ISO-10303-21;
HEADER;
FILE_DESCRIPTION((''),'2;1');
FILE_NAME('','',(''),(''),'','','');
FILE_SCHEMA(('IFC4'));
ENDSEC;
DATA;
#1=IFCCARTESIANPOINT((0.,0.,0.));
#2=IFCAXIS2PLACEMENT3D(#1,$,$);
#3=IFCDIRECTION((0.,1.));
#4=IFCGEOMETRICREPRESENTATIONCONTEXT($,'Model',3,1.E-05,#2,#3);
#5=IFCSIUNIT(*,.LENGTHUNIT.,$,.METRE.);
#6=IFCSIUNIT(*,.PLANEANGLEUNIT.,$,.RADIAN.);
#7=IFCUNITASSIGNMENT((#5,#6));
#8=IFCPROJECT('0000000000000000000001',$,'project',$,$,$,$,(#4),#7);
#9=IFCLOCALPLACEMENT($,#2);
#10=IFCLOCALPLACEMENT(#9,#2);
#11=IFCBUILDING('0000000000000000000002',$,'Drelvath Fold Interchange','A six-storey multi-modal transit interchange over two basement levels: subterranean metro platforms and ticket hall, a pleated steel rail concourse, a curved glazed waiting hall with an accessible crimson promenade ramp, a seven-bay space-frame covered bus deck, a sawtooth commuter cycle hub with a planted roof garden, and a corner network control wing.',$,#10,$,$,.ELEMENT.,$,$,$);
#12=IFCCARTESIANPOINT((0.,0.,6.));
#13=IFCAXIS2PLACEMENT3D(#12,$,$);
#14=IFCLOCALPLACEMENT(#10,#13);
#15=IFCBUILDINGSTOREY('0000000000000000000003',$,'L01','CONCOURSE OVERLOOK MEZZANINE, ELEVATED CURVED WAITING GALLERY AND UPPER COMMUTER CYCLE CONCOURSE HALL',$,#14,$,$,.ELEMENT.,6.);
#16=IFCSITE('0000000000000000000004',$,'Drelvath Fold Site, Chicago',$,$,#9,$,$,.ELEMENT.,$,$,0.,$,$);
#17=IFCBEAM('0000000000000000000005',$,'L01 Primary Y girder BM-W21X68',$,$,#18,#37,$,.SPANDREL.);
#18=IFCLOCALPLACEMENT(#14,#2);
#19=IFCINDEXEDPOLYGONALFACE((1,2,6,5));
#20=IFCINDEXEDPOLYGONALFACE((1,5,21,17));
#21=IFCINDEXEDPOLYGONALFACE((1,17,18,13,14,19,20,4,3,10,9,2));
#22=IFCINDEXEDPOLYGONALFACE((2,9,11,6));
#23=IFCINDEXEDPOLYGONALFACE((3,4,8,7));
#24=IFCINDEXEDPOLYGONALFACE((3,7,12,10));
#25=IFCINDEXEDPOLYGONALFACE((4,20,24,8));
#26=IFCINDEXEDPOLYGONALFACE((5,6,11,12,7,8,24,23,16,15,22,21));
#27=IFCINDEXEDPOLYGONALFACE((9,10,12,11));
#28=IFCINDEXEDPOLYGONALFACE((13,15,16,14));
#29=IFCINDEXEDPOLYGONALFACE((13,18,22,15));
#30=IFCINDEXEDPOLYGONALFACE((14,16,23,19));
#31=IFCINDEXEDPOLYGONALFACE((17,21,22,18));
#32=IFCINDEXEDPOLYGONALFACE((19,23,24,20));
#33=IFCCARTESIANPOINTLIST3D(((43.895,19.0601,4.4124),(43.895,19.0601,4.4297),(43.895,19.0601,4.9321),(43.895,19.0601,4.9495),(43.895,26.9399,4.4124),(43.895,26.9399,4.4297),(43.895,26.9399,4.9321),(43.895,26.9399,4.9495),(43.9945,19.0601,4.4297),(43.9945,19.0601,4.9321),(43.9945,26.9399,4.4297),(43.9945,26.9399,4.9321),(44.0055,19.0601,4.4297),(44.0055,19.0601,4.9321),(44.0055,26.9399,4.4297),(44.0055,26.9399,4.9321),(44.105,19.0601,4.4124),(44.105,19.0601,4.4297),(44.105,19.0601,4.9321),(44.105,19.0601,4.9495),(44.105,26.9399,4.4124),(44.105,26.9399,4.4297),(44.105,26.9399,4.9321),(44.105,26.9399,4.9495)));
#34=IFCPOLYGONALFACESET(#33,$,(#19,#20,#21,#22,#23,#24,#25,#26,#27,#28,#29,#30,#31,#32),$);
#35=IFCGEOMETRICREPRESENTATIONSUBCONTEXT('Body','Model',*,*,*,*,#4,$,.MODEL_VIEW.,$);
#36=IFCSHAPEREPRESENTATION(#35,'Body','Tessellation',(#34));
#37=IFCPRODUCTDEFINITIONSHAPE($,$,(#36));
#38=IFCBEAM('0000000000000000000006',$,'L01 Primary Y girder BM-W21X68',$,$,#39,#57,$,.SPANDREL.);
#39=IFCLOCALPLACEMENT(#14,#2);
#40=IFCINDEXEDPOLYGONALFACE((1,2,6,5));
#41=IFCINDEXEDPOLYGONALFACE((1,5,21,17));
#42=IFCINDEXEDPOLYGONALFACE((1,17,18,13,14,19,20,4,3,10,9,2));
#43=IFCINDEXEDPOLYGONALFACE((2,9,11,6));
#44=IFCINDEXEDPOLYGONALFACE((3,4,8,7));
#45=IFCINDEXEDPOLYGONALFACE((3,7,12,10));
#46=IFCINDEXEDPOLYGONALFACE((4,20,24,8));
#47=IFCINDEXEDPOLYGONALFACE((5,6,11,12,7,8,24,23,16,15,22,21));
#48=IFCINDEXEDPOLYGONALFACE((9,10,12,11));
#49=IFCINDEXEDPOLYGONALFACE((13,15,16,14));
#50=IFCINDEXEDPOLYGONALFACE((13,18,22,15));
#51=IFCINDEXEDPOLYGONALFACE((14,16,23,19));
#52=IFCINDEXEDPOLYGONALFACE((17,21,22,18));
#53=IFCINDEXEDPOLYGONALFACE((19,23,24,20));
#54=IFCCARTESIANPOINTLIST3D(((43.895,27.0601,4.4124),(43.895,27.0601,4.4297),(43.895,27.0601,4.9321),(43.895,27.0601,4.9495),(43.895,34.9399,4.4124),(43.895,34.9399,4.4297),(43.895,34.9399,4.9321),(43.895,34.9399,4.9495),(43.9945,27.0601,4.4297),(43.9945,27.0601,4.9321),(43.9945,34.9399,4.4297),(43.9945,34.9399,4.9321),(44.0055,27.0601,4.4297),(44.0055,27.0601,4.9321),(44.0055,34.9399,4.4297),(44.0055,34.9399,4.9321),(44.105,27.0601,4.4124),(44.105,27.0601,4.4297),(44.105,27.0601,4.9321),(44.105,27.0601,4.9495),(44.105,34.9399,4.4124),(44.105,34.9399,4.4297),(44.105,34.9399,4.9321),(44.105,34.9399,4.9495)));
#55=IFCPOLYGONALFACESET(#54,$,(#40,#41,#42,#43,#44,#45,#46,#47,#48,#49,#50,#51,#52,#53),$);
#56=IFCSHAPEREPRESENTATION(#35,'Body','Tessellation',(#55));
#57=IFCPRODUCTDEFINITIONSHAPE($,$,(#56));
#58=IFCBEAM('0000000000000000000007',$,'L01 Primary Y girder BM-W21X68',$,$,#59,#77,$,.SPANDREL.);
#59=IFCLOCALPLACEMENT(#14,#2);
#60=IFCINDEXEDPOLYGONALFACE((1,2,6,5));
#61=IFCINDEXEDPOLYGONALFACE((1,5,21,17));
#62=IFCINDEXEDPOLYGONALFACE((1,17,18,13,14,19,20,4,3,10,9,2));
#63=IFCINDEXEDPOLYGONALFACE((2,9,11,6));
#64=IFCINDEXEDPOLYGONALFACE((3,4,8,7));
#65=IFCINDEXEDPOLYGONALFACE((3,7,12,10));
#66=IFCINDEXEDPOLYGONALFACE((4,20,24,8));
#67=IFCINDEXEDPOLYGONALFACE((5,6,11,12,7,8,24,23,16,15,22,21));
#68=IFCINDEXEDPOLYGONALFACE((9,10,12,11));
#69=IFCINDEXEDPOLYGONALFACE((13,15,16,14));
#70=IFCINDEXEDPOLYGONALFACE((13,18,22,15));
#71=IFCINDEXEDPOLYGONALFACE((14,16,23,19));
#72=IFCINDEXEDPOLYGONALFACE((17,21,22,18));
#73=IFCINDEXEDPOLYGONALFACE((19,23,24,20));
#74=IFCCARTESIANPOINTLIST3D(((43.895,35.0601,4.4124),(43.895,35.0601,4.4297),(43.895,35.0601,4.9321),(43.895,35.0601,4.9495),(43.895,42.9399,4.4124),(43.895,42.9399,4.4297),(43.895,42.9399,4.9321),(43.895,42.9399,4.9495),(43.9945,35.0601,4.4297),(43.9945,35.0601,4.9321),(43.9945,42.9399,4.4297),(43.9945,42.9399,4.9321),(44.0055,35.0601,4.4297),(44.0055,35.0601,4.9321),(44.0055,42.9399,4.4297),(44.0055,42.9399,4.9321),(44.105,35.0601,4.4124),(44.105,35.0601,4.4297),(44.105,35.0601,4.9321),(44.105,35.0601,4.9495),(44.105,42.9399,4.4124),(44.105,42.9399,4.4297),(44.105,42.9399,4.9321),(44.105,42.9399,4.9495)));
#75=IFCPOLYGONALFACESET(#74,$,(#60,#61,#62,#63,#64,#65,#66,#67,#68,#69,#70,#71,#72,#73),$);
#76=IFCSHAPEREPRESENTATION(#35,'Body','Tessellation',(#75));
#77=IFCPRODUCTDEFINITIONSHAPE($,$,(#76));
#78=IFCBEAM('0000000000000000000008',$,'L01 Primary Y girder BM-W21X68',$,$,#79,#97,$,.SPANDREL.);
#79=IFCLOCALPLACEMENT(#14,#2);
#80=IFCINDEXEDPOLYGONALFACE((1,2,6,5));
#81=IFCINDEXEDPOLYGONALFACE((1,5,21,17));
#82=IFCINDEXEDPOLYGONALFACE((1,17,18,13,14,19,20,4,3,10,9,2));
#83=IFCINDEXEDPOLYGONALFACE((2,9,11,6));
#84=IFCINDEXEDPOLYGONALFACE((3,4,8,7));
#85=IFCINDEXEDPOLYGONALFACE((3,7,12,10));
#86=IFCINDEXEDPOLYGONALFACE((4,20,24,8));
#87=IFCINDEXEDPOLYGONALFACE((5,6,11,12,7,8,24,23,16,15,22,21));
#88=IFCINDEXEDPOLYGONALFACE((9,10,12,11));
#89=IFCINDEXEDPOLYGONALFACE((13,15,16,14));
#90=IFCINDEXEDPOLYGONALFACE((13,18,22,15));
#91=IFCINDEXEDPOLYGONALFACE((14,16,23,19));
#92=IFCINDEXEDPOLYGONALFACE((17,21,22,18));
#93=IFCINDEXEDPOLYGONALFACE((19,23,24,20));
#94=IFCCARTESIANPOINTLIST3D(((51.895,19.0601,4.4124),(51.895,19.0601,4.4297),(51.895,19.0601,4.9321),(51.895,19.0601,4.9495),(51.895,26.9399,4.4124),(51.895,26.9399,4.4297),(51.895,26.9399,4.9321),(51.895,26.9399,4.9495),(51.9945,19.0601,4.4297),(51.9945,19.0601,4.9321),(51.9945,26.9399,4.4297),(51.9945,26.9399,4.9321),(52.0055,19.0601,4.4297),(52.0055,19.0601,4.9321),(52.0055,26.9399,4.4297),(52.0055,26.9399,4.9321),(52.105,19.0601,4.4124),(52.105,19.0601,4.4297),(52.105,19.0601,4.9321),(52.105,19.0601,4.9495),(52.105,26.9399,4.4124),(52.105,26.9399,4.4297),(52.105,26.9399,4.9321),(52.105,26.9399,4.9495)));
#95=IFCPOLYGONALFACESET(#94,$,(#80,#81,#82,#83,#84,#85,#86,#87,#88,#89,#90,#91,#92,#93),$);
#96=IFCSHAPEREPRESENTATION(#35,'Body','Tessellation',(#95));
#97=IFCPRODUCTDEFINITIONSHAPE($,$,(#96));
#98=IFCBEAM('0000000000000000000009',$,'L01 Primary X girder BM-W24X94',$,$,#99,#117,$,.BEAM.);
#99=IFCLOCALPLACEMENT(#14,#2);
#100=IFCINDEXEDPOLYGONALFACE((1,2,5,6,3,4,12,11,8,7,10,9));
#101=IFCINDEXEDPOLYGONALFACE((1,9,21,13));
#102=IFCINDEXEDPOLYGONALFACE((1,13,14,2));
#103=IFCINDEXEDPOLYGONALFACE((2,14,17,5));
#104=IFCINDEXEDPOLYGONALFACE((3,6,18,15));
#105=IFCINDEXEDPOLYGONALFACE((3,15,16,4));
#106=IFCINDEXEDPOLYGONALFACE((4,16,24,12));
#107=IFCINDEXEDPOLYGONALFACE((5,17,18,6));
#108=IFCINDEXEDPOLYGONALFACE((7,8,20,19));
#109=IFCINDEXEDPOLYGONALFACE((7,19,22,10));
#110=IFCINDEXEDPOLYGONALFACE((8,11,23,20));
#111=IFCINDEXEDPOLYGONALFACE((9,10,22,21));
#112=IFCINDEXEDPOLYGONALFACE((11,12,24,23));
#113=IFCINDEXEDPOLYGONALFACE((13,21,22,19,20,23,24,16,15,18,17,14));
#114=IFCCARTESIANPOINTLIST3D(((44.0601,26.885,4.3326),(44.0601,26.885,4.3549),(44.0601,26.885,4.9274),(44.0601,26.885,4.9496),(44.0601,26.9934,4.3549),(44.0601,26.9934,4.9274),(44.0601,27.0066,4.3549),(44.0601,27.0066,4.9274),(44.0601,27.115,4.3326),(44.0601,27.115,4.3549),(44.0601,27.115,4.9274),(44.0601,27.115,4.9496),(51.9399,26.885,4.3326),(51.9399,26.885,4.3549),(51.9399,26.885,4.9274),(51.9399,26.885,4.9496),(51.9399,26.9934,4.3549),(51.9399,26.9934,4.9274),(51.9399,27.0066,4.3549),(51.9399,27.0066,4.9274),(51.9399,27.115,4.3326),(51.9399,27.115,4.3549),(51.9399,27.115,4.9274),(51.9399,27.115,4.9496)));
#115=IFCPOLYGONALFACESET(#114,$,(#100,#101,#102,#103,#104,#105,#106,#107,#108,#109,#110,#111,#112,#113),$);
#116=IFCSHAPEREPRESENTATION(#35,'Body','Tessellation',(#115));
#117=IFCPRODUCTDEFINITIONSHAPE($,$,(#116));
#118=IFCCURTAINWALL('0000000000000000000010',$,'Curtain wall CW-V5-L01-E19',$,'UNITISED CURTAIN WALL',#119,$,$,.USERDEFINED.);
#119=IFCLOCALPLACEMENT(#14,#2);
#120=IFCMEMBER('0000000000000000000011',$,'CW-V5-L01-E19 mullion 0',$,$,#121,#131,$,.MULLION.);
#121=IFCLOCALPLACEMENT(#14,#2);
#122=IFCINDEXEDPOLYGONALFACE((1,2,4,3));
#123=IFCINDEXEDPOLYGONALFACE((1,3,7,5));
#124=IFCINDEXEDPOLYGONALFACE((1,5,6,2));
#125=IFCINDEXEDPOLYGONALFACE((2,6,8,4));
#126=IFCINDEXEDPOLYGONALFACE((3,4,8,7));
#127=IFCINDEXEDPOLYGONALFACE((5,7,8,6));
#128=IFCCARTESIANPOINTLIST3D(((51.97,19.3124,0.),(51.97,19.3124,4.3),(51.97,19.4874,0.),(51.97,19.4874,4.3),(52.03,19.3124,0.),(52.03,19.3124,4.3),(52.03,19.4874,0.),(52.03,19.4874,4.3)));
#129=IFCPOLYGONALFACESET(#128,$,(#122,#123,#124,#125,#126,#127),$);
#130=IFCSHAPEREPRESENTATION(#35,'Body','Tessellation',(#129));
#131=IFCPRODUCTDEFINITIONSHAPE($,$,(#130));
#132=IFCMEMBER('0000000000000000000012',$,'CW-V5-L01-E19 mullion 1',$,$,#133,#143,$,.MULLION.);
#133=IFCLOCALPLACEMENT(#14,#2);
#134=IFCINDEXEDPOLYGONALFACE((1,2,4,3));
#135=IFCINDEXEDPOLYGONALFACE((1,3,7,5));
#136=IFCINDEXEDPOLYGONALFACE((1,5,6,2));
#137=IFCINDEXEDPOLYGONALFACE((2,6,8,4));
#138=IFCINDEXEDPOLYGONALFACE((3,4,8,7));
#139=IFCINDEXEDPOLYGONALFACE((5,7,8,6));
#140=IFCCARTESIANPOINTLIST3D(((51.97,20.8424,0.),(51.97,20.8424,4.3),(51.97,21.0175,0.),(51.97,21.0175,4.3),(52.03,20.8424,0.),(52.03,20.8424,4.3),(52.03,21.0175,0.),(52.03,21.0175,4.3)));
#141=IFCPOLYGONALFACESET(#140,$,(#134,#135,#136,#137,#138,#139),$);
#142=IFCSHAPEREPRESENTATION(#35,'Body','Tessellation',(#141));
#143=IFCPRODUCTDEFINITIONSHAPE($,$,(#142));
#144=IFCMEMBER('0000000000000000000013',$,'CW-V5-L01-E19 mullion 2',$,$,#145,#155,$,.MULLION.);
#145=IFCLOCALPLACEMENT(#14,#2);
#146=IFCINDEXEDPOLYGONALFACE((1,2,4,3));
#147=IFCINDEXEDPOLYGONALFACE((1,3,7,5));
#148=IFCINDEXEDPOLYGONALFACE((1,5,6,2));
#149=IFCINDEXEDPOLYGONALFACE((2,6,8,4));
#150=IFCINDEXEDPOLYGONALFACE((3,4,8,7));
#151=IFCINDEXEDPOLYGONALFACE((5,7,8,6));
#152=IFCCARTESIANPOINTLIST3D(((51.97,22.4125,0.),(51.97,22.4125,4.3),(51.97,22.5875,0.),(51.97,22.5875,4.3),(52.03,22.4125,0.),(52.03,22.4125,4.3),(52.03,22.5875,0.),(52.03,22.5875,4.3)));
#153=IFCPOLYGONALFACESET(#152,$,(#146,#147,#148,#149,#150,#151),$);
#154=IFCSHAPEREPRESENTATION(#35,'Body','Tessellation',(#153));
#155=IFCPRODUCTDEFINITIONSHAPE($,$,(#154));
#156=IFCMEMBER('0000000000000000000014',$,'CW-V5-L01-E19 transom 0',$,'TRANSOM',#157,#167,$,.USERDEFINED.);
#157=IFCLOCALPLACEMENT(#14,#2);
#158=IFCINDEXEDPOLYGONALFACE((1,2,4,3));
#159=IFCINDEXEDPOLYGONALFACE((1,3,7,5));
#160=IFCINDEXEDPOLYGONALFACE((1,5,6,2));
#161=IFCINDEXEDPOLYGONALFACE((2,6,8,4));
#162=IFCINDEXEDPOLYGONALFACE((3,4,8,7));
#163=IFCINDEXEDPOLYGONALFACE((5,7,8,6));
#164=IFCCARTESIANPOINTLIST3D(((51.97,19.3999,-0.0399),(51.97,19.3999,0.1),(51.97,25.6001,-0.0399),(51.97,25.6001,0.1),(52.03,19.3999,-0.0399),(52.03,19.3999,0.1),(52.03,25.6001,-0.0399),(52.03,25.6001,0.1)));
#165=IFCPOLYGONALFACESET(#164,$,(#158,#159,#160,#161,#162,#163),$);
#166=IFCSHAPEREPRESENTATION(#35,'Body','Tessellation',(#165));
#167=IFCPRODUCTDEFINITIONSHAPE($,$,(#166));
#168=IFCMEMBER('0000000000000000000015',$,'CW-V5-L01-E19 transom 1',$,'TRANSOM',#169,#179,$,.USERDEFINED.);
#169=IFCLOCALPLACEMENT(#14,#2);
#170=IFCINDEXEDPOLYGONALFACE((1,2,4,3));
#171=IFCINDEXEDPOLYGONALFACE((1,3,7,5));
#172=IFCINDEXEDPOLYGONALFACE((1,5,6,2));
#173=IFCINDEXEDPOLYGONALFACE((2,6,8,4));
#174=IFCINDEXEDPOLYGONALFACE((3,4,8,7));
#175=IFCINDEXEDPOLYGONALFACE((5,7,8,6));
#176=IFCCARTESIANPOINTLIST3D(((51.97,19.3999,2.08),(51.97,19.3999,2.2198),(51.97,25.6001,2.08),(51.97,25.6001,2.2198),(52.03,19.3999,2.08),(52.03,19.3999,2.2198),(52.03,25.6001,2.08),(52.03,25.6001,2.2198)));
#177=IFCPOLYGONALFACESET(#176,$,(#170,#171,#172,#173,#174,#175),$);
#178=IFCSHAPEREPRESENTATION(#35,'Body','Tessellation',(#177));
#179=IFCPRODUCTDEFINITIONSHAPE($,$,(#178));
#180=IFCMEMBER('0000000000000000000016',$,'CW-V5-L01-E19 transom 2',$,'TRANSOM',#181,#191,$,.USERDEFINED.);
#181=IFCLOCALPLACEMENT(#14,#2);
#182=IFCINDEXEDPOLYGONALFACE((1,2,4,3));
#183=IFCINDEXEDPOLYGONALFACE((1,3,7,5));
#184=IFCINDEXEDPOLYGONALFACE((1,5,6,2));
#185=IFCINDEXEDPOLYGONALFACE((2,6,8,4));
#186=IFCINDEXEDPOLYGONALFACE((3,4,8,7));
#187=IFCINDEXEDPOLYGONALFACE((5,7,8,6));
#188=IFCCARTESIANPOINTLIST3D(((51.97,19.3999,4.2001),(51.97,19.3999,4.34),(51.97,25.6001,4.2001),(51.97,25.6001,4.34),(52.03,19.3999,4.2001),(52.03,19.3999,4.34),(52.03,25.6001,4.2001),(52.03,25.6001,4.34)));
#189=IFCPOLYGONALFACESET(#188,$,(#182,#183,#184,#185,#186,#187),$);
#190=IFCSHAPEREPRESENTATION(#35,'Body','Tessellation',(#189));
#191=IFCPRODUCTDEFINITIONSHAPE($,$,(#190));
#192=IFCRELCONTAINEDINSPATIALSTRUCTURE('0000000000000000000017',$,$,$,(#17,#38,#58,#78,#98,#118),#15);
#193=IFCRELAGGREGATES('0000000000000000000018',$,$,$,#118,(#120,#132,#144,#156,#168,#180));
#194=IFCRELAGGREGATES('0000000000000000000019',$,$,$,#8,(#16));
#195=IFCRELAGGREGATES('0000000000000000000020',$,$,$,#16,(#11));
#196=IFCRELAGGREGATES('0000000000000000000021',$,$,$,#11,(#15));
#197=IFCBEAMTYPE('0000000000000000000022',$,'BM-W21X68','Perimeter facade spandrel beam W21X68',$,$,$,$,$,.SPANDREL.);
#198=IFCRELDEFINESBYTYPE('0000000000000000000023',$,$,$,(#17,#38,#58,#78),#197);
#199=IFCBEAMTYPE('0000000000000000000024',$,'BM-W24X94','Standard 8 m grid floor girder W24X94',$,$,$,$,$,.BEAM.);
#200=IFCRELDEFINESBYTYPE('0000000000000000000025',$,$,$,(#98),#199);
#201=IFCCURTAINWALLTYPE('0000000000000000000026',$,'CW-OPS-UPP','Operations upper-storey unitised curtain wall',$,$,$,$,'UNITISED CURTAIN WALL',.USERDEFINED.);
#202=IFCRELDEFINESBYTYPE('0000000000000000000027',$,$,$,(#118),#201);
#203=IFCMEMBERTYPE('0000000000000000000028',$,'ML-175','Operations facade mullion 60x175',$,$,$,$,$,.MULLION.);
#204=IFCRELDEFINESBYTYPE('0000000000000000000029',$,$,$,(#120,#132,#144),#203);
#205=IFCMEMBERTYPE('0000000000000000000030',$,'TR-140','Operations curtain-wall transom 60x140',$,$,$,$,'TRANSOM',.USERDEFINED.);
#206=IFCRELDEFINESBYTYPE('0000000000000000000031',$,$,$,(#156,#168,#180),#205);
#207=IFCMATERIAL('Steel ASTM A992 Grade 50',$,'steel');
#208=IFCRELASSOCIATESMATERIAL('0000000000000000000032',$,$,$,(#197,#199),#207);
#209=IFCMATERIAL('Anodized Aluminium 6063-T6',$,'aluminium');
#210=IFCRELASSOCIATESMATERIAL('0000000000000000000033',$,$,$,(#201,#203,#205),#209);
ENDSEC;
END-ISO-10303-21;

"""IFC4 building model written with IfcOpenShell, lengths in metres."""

from ifc_helpers import new_model, si_unit, direction, frame, origin, origin_2d, place, context, subcontext, project, spatial, rectangle, i_section, extrude, material, material_profile, profile_set, type_object, element, aggregate, save


model = new_model("IFC4")

# Units and contexts
model_context = context("Model", 3, precision=1e-05, world=origin(), true_north=direction((0.0, 1.0)))
body_context = subcontext(model_context, "Body", "Model", "MODEL_VIEW")
ifc_project = project(units=[si_unit("LENGTHUNIT", "METRE"), si_unit("PLANEANGLEUNIT", "RADIAN")], contexts=[model_context])

# Site, building, storey
site_placement = place(None, origin())
site = spatial("IfcSite", under=ifc_project, at=site_placement, Name="Drelvath Fold Site, Chicago", CompositionType="ELEMENT", RefElevation=0.0)
building_placement = place(site_placement, origin())
building = spatial("IfcBuilding", under=site, at=building_placement, Name="Drelvath Fold Interchange", Description="A six-storey multi-modal transit interchange over two basement levels: subterranean metro platforms and ticket hall, a pleated steel rail concourse, a curved glazed waiting hall with an accessible crimson promenade ramp, a seven-bay space-frame covered bus deck, a sawtooth commuter cycle hub with a planted roof garden, and a corner network control wing.", CompositionType="ELEMENT")
storey_placement = place(building_placement, frame((0.0, 0.0, 6.0)))
storey = spatial("IfcBuildingStorey", under=building, at=storey_placement, Name="L01", Description="CONCOURSE OVERLOOK MEZZANINE, ELEVATED CURVED WAITING GALLERY AND UPPER COMMUTER CYCLE CONCOURSE HALL", CompositionType="ELEMENT", Elevation=6.0)

# Shared definitions
ifc_material_1 = material(Name="Steel ASTM A992 Grade 50", Category="steel")

# Beams
ifc_material_profile_1 = material_profile(ifc_material_1, i_section(OverallWidth=0.21, OverallDepth=0.5371, WebThickness=0.011, FlangeThickness=0.0173, at=origin_2d()), Name="W21X68")
ifc_profile_set_1 = profile_set([ifc_material_profile_1], Name="Steel ASTM A992 Grade 50")
beam_type_1 = type_object("IfcBeamType", Name="BM-W21X68", Description="Perimeter facade spandrel beam W21X68", PredefinedType="SPANDREL", material=ifc_profile_set_1)
for number, where, z_axis, x_axis, name in (
    (1, (44.0, 19.0601, 4.6809), (0.0, 1.0, 0.0), (-1.0, 0.0, 0.0), "L01 Primary Y girder BM-W21X68"),
    (2, (44.0, 27.0601, 4.6809), (0.0, 1.0, 0.0), (-1.0, 0.0, 0.0), "L01 Primary Y girder BM-W21X68"),
    (3, (44.0, 35.0601, 4.6809), (0.0, 1.0, 0.0), (-1.0, 0.0, 0.0), "L01 Primary Y girder BM-W21X68"),
    (4, (52.0, 19.0601, 4.6809), (0.0, 1.0, 0.0), (-1.0, 0.0, 0.0), "L01 Primary Y girder BM-W21X68"),
):
    element("IfcBeam", number, at=place(storey_placement, frame(where, z_axis=z_axis, x_axis=x_axis)), inside=storey, type_object=beam_type_1, Name=name, PredefinedType="SPANDREL", context=body_context, shape_type="SweptSolid", body=[
        extrude(i_section(OverallWidth=0.21, OverallDepth=0.5371, WebThickness=0.011, FlangeThickness=0.0173, at=origin_2d()), origin(), (0.0, 0.0, 1.0), 7.8799),
    ])
ifc_material_profile_2 = material_profile(ifc_material_1, i_section(OverallWidth=0.23, OverallDepth=0.6169, WebThickness=0.0132, FlangeThickness=0.0222, at=origin_2d()), Name="W24X94")
ifc_profile_set_2 = profile_set([ifc_material_profile_2], Name="Steel ASTM A992 Grade 50")
beam_type_2 = type_object("IfcBeamType", Name="BM-W24X94", Description="Standard 8 m grid floor girder W24X94", PredefinedType="BEAM", material=ifc_profile_set_2)
beam_placement = place(storey_placement, frame((44.0601, 27.0, 4.6411), z_axis=(1.0, 0.0, 0.0), x_axis=(0.0, 1.0, 0.0)))
element("IfcBeam", 5, at=beam_placement, inside=storey, type_object=beam_type_2, Name="L01 Primary X girder BM-W24X94", PredefinedType="BEAM", context=body_context, shape_type="SweptSolid", body=[
    extrude(i_section(OverallWidth=0.23, OverallDepth=0.6169, WebThickness=0.0132, FlangeThickness=0.0222, at=origin_2d()), origin(), (0.0, 0.0, 1.0), 7.8799),
])

# Curtain wall, members
ifc_material_2 = material(Name="Anodized Aluminium 6063-T6", Category="aluminium")
curtain_wall_type = type_object("IfcCurtainWallType", Name="CW-OPS-UPP", Description="Operations upper-storey unitised curtain wall", ElementType="UNITISED CURTAIN WALL", PredefinedType="USERDEFINED", material=ifc_material_2)
curtain_wall_placement = place(storey_placement, origin())
curtain_wall = element("IfcCurtainWall", 6, at=curtain_wall_placement, inside=storey, type_object=curtain_wall_type, Name="Curtain wall CW-V5-L01-E19", ObjectType="UNITISED CURTAIN WALL", PredefinedType="USERDEFINED")
ifc_material_profile_3 = material_profile(ifc_material_2, rectangle(XDim=0.0601, YDim=0.175, at=origin_2d()), Name="AL-M 60x175")
ifc_profile_set_3 = profile_set([ifc_material_profile_3], Name="Anodized Aluminium 6063-T6")
member_type_1 = type_object("IfcMemberType", Name="ML-175", Description="Operations facade mullion 60x175", PredefinedType="MULLION", material=ifc_profile_set_3)
member_1_placement = place(storey_placement, frame((52.0, 19.3999, 0.0), z_axis=(0.0, 0.0, 1.0), x_axis=(1.0, 0.0, 0.0)))
member_1 = element("IfcMember", 7, at=member_1_placement, type_object=member_type_1, Name="CW-V5-L01-E19 mullion 0", PredefinedType="MULLION", context=body_context, shape_type="SweptSolid", body=[
    extrude(rectangle(XDim=0.0601, YDim=0.175, at=origin_2d()), origin(), (0.0, 0.0, 1.0), 4.3),
])
member_2_placement = place(storey_placement, frame((52.0, 20.9299, 0.0), z_axis=(0.0, 0.0, 1.0), x_axis=(1.0, 0.0, 0.0)))
member_2 = element("IfcMember", 8, at=member_2_placement, type_object=member_type_1, Name="CW-V5-L01-E19 mullion 1", PredefinedType="MULLION", context=body_context, shape_type="SweptSolid", body=[
    extrude(rectangle(XDim=0.0601, YDim=0.175, at=origin_2d()), origin(), (0.0, 0.0, 1.0), 4.3),
])
member_3_placement = place(storey_placement, frame((52.0, 22.5, 0.0), z_axis=(0.0, 0.0, 1.0), x_axis=(1.0, 0.0, 0.0)))
member_3 = element("IfcMember", 9, at=member_3_placement, type_object=member_type_1, Name="CW-V5-L01-E19 mullion 2", PredefinedType="MULLION", context=body_context, shape_type="SweptSolid", body=[
    extrude(rectangle(XDim=0.0601, YDim=0.175, at=origin_2d()), origin(), (0.0, 0.0, 1.0), 4.3),
])
ifc_material_profile_4 = material_profile(ifc_material_2, rectangle(XDim=0.0601, YDim=0.1399, at=origin_2d()), Name="AL-T 60x140")
ifc_profile_set_4 = profile_set([ifc_material_profile_4], Name="Anodized Aluminium 6063-T6")
member_type_2 = type_object("IfcMemberType", Name="TR-140", Description="Operations curtain-wall transom 60x140", ElementType="TRANSOM", PredefinedType="USERDEFINED", material=ifc_profile_set_4)
member_4_placement = place(storey_placement, frame((52.0, 19.3999, 0.03), z_axis=(0.0, 1.0, 0.0), x_axis=(-1.0, 0.0, 0.0)))
member_4 = element("IfcMember", 10, at=member_4_placement, type_object=member_type_2, Name="CW-V5-L01-E19 transom 0", ObjectType="TRANSOM", PredefinedType="USERDEFINED", context=body_context, shape_type="SweptSolid", body=[
    extrude(rectangle(XDim=0.0601, YDim=0.1399, at=origin_2d()), origin(), (0.0, 0.0, 1.0), 6.2002),
])
member_5_placement = place(storey_placement, frame((52.0, 19.3999, 2.1499), z_axis=(0.0, 1.0, 0.0), x_axis=(-1.0, 0.0, 0.0)))
member_5 = element("IfcMember", 11, at=member_5_placement, type_object=member_type_2, Name="CW-V5-L01-E19 transom 1", ObjectType="TRANSOM", PredefinedType="USERDEFINED", context=body_context, shape_type="SweptSolid", body=[
    extrude(rectangle(XDim=0.0601, YDim=0.1399, at=origin_2d()), origin(), (0.0, 0.0, 1.0), 6.2002),
])
member_6_placement = place(storey_placement, frame((52.0, 19.3999, 4.27), z_axis=(0.0, 1.0, 0.0), x_axis=(-1.0, 0.0, 0.0)))
member_6 = element("IfcMember", 12, at=member_6_placement, type_object=member_type_2, Name="CW-V5-L01-E19 transom 2", ObjectType="TRANSOM", PredefinedType="USERDEFINED", context=body_context, shape_type="SweptSolid", body=[
    extrude(rectangle(XDim=0.0601, YDim=0.1399, at=origin_2d()), origin(), (0.0, 0.0, 1.0), 6.2002),
])
aggregate(curtain_wall, [member_1, member_2, member_3, member_4, member_5, member_6])

save(model, "model.ifc")
